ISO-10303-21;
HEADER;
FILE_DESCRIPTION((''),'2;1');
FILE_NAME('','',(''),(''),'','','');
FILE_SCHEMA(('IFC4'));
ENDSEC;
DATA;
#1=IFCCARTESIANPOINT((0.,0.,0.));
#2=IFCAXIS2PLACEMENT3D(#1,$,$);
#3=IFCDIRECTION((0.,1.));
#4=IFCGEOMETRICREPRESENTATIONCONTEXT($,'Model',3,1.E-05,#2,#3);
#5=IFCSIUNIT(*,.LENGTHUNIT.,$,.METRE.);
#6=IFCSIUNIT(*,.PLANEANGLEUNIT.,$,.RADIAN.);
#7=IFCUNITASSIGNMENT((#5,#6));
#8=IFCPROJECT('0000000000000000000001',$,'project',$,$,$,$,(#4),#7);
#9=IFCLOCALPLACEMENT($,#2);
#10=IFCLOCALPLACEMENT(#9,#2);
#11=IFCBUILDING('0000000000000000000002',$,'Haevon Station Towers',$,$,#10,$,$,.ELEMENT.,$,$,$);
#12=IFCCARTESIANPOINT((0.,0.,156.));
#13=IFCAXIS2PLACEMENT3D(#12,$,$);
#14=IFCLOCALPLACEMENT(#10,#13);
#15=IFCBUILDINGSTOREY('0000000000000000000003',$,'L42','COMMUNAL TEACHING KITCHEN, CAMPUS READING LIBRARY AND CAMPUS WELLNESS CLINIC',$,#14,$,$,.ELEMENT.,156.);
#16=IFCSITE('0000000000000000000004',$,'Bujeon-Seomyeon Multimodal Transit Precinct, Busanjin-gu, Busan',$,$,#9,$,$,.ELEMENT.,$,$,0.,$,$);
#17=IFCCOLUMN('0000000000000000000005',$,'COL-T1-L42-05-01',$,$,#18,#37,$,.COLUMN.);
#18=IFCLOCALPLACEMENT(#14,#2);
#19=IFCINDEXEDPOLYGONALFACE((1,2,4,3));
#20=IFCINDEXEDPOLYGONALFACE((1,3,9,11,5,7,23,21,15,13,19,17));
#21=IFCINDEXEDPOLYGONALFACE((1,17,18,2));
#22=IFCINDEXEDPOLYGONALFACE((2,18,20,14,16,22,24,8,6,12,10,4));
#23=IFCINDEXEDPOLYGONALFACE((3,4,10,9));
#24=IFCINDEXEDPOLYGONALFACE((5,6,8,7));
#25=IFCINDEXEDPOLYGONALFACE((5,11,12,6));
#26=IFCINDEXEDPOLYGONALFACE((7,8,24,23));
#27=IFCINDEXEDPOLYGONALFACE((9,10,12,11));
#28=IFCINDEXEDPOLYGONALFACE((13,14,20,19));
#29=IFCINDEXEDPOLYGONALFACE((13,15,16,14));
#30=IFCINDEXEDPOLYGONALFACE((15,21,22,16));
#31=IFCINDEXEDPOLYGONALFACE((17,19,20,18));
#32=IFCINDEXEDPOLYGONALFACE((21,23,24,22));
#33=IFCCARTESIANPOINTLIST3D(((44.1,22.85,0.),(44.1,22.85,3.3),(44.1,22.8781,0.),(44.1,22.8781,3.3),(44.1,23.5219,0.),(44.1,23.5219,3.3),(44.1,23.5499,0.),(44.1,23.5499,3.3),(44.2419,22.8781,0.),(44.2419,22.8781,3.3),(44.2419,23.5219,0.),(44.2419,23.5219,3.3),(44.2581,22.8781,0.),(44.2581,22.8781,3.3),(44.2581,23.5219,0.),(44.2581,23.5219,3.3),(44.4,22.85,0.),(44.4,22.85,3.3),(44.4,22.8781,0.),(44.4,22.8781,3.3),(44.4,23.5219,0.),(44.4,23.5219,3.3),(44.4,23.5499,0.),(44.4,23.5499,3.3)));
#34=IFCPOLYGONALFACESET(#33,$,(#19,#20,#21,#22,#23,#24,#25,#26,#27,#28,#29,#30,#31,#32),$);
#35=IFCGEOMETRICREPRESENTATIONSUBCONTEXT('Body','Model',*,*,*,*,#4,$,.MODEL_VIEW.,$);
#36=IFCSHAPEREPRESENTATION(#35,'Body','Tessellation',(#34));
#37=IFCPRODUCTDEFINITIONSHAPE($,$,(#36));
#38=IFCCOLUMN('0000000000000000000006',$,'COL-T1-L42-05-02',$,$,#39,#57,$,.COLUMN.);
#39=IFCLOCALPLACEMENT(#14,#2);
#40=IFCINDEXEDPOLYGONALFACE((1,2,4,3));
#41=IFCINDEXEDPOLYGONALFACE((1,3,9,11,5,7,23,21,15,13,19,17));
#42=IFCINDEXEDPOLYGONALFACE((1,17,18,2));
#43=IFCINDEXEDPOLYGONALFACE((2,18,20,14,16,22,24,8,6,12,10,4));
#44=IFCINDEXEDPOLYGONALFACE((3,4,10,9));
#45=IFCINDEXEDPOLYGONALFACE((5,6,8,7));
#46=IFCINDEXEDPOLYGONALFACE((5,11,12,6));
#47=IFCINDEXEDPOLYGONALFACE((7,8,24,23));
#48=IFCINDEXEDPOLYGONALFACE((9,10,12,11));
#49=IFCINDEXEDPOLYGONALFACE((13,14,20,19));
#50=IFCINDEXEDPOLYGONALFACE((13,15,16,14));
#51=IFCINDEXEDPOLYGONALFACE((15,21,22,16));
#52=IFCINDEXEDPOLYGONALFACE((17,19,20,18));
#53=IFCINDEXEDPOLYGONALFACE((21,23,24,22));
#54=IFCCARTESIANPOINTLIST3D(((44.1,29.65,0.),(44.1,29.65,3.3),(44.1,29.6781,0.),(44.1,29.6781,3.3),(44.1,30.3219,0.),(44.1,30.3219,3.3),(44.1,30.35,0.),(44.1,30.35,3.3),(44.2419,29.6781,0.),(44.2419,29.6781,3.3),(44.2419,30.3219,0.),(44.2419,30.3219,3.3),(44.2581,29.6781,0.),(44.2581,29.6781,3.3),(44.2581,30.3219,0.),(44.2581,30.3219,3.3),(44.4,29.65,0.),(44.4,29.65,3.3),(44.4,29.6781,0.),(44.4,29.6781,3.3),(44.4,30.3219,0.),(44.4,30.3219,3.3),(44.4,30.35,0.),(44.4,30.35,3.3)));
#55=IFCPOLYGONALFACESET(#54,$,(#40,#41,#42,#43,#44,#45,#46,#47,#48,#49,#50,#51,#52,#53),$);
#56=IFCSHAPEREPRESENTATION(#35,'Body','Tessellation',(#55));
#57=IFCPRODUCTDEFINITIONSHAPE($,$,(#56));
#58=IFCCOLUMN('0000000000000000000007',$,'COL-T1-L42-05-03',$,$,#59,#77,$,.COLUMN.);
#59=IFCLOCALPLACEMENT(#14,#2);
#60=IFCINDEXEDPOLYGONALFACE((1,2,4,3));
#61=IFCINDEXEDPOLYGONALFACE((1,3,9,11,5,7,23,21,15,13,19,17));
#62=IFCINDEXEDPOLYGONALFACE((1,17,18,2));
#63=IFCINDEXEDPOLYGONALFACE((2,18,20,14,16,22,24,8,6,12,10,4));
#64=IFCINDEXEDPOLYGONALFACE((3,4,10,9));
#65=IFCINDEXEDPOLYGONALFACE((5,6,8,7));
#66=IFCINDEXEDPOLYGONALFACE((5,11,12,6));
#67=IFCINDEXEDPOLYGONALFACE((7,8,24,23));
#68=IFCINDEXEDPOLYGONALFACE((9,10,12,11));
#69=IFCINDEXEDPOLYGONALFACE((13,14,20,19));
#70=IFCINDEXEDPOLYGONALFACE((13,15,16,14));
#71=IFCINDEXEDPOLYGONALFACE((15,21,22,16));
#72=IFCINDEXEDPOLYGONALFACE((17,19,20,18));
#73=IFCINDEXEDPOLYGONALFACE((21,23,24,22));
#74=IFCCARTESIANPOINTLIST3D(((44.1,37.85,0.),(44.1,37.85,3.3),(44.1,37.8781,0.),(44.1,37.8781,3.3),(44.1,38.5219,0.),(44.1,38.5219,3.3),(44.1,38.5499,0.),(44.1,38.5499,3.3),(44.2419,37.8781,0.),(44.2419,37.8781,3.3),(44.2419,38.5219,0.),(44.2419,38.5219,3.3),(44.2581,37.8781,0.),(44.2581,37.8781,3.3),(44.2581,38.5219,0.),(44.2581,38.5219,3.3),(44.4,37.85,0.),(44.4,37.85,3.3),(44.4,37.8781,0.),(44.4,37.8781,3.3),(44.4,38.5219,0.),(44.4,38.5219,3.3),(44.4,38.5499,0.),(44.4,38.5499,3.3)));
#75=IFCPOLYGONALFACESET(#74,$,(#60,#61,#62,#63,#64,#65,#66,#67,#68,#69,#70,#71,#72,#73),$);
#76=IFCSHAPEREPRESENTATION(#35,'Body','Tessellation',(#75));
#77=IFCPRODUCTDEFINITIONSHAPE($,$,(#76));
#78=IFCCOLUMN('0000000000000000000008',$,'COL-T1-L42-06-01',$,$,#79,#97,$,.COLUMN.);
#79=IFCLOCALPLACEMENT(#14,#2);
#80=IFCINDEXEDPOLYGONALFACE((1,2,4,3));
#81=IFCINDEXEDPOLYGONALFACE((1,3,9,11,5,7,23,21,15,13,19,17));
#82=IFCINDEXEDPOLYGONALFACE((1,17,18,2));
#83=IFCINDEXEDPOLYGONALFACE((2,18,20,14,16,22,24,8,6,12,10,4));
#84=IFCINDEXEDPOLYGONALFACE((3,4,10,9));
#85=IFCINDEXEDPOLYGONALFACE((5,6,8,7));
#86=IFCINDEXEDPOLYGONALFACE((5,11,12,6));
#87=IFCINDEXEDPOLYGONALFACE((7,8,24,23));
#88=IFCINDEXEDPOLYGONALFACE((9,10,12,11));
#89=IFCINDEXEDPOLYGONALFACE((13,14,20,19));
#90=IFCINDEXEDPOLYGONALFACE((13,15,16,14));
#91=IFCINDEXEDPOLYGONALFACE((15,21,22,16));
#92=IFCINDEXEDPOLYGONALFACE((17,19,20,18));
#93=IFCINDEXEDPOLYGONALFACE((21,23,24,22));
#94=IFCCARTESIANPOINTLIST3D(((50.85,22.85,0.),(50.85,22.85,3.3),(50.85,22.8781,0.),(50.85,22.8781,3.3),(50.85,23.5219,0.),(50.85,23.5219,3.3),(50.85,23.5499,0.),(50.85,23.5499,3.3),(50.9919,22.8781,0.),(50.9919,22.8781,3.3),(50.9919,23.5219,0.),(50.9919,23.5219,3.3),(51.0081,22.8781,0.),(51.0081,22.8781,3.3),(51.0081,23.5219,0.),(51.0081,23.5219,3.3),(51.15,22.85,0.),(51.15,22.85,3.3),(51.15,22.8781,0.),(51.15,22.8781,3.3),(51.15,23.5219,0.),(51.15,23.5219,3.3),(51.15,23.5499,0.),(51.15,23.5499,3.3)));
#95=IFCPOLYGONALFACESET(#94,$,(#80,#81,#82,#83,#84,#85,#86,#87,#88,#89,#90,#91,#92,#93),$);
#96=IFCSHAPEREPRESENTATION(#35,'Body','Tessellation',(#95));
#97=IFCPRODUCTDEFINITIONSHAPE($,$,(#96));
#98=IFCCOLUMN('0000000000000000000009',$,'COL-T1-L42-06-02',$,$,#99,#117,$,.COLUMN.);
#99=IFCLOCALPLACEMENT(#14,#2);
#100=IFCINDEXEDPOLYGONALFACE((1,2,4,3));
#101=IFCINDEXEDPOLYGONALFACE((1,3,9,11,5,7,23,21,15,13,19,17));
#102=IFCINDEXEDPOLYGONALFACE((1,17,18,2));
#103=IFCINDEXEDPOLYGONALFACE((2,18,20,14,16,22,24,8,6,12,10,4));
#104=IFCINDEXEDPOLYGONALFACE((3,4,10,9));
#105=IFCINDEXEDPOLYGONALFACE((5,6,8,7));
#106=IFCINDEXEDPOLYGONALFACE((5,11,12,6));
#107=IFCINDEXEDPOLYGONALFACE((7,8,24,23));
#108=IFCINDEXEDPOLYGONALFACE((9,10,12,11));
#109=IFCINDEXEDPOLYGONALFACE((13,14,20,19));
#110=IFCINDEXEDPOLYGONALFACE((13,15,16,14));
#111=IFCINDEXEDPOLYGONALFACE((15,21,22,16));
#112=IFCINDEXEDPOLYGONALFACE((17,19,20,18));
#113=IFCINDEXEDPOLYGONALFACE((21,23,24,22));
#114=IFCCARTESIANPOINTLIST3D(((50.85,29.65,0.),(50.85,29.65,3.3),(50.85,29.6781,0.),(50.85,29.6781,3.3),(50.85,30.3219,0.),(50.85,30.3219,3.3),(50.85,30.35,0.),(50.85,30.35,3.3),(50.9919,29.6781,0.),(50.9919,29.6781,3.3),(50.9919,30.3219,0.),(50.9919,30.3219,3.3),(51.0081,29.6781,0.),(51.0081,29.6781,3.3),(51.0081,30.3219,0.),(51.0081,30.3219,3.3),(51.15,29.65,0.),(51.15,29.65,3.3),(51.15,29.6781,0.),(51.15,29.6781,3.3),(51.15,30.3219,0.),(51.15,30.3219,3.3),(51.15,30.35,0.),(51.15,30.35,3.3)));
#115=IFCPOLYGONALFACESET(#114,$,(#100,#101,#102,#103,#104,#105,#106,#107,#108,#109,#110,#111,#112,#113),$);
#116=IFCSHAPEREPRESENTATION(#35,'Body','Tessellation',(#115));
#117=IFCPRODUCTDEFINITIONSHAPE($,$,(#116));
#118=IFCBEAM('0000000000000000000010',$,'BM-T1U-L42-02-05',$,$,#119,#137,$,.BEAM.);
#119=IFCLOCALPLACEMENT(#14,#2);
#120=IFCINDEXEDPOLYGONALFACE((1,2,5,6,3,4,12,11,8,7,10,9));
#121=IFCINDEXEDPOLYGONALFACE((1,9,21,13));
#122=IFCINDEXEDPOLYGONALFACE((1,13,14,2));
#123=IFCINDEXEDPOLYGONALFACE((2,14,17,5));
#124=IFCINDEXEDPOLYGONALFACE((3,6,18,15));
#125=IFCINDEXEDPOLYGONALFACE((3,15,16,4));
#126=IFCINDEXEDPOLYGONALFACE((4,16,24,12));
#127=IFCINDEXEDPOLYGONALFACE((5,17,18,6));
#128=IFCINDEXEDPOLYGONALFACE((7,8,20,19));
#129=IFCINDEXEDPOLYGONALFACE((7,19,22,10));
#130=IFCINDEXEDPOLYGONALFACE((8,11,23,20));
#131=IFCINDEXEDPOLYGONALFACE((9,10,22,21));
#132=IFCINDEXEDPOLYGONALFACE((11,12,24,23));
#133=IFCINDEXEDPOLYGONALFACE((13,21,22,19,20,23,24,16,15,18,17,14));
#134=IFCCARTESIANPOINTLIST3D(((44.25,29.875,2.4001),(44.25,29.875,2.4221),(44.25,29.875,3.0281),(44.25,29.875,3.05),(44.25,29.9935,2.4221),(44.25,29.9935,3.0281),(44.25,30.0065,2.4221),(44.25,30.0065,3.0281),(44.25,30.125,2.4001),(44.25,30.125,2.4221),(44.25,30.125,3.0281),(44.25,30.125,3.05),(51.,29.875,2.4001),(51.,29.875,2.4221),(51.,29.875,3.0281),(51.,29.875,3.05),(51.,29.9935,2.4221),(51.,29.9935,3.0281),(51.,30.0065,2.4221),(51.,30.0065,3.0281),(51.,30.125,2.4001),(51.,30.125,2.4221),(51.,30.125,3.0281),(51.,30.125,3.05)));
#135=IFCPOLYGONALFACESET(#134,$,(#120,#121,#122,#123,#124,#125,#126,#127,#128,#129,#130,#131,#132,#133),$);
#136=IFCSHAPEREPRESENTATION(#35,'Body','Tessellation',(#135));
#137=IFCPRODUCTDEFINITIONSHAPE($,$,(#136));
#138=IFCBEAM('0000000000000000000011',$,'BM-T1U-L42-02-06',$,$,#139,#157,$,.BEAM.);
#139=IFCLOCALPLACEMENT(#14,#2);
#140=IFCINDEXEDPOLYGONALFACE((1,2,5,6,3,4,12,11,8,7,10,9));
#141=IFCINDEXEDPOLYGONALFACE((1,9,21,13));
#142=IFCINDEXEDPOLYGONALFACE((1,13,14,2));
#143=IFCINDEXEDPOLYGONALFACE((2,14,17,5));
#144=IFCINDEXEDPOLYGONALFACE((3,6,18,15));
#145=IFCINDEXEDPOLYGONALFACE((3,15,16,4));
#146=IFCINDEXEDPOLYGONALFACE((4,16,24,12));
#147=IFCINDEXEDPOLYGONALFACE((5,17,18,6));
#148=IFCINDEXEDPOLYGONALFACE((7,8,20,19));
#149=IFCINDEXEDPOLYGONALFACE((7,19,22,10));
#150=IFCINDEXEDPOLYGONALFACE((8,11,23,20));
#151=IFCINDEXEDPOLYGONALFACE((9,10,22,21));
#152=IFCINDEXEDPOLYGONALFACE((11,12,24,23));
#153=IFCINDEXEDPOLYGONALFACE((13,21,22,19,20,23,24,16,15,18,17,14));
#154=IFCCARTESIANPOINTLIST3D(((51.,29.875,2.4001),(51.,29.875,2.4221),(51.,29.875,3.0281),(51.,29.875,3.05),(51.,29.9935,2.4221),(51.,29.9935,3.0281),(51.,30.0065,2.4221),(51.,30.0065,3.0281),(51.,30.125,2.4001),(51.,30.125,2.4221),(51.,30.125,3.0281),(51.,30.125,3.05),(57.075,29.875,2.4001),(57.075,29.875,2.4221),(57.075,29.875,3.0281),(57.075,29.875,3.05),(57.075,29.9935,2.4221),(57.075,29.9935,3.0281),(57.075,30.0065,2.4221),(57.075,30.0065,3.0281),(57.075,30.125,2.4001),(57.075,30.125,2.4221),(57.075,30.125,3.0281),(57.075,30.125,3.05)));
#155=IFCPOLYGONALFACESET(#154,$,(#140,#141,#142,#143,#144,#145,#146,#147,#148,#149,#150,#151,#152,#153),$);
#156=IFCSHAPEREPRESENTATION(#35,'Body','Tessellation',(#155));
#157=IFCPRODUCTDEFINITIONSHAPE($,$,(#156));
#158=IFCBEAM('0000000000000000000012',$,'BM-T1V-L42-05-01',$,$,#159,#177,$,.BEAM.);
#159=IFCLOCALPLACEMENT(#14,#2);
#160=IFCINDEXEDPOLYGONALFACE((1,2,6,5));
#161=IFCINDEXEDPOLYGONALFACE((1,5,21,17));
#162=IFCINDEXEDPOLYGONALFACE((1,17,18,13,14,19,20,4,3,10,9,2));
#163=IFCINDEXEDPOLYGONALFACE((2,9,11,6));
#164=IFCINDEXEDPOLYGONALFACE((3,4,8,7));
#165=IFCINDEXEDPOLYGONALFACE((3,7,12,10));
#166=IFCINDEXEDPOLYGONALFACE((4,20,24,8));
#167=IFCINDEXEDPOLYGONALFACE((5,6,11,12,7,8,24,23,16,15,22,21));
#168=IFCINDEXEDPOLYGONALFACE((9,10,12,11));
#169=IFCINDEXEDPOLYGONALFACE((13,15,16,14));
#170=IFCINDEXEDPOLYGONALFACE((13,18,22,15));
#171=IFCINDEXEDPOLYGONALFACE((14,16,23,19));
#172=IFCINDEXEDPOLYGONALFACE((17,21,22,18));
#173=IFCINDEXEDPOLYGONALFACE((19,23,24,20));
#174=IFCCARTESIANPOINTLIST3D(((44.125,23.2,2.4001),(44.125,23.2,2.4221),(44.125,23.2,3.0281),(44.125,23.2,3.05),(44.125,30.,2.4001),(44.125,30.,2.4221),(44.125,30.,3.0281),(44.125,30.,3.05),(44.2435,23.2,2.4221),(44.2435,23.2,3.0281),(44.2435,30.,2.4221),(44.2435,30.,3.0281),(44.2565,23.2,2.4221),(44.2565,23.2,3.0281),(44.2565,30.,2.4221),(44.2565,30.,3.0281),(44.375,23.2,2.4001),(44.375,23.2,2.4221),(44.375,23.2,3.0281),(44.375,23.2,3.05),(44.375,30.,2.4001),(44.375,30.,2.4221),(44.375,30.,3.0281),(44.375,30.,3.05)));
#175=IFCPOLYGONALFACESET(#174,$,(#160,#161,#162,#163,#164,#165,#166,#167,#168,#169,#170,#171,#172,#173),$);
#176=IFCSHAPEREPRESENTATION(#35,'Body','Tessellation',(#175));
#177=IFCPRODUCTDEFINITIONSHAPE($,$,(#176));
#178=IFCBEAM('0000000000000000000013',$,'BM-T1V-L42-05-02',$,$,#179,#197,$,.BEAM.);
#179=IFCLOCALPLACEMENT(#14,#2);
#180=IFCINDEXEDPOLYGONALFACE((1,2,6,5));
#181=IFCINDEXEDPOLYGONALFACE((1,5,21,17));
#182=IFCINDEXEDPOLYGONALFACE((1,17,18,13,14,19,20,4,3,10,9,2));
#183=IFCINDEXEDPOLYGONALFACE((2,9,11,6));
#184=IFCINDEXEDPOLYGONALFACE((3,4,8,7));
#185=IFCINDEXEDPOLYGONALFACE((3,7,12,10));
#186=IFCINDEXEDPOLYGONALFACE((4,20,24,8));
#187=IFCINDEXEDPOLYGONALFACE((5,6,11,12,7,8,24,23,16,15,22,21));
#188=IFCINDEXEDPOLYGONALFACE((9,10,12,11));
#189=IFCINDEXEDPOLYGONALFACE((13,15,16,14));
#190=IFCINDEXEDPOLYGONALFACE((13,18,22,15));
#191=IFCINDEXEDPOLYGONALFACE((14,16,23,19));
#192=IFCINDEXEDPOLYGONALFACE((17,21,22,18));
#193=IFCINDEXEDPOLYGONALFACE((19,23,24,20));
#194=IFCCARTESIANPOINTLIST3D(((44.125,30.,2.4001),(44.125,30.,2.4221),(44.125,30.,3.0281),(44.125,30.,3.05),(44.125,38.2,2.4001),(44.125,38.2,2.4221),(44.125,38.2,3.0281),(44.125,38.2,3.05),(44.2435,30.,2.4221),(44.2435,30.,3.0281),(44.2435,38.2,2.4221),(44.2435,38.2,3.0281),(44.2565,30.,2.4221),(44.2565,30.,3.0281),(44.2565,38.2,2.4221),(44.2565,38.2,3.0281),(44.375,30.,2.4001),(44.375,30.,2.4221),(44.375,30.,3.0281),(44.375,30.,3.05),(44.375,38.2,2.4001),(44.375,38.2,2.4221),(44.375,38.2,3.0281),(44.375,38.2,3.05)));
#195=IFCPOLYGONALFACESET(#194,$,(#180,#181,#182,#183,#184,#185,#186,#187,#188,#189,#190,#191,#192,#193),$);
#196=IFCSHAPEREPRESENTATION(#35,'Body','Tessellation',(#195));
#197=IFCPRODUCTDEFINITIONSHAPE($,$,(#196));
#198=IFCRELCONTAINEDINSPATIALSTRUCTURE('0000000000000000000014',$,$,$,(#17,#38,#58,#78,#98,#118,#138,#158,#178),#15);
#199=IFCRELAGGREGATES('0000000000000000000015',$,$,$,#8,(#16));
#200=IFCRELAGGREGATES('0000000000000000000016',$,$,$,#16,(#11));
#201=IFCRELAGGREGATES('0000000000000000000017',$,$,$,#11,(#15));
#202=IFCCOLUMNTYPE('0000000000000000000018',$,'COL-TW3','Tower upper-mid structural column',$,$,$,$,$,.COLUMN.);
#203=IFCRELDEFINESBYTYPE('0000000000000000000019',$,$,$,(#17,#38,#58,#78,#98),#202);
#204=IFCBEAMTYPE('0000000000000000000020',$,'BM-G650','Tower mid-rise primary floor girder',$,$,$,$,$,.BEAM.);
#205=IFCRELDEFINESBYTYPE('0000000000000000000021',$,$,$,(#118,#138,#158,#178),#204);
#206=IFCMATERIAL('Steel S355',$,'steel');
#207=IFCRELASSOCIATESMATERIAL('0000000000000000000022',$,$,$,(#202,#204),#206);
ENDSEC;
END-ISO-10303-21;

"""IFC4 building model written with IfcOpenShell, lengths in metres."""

from ifc_helpers import new_model, si_unit, direction, frame, origin, origin_2d, place, context, subcontext, project, spatial, i_section, extrude, material, material_profile, profile_set, type_object, element, save


model = new_model("IFC4")

# Units and contexts
model_context = context("Model", 3, precision=1e-05, world=origin(), true_north=direction((0.0, 1.0)))
body_context = subcontext(model_context, "Body", "Model", "MODEL_VIEW")
ifc_project = project(units=[si_unit("LENGTHUNIT", "METRE"), si_unit("PLANEANGLEUNIT", "RADIAN")], contexts=[model_context])

# Site, building, storey
site_placement = place(None, origin())
site = spatial("IfcSite", under=ifc_project, at=site_placement, Name="Bujeon-Seomyeon Multimodal Transit Precinct, Busanjin-gu, Busan", CompositionType="ELEMENT", RefElevation=0.0)
building_placement = place(site_placement, origin())
building = spatial("IfcBuilding", under=site, at=building_placement, Name="Haevon Station Towers", CompositionType="ELEMENT")
storey_placement = place(building_placement, frame((0.0, 0.0, 156.0)))
storey = spatial("IfcBuildingStorey", under=building, at=storey_placement, Name="L42", Description="COMMUNAL TEACHING KITCHEN, CAMPUS READING LIBRARY AND CAMPUS WELLNESS CLINIC", CompositionType="ELEMENT", Elevation=156.0)

# Columns
ifc_material_1 = material(Name="Steel S355", Category="steel")
ifc_material_profile_1 = material_profile(ifc_material_1, i_section(OverallWidth=0.3, OverallDepth=0.7, WebThickness=0.0161, FlangeThickness=0.0281, at=origin_2d()), Name="H-700x300x16x28")
ifc_profile_set_1 = profile_set([ifc_material_profile_1], Name="Steel S355")
column_type = type_object("IfcColumnType", Name="COL-TW3", Description="Tower upper-mid structural column", PredefinedType="COLUMN", material=ifc_profile_set_1)
for number, where, z_axis, x_axis, name in (
    (1, (44.25, 23.2, 0.0), (0.0, 0.0, 1.0), (1.0, 0.0, 0.0), "COL-T1-L42-05-01"),
    (2, (44.25, 30.0, 0.0), (0.0, 0.0, 1.0), (1.0, 0.0, 0.0), "COL-T1-L42-05-02"),
    (3, (44.25, 38.2, 0.0), (0.0, 0.0, 1.0), (1.0, 0.0, 0.0), "COL-T1-L42-05-03"),
    (4, (51.0, 23.2, 0.0), (0.0, 0.0, 1.0), (1.0, 0.0, 0.0), "COL-T1-L42-06-01"),
    (5, (51.0, 30.0, 0.0), (0.0, 0.0, 1.0), (1.0, 0.0, 0.0), "COL-T1-L42-06-02"),
):
    element("IfcColumn", number, at=place(storey_placement, frame(where, z_axis=z_axis, x_axis=x_axis)), inside=storey, type_object=column_type, Name=name, PredefinedType="COLUMN", context=body_context, shape_type="SweptSolid", body=[
        extrude(i_section(OverallWidth=0.3, OverallDepth=0.7, WebThickness=0.0161, FlangeThickness=0.0281, at=origin_2d()), origin(), (0.0, 0.0, 1.0), 3.3),
    ])

# Beams
ifc_material_profile_2 = material_profile(ifc_material_1, i_section(OverallWidth=0.25, OverallDepth=0.6499, WebThickness=0.0129, FlangeThickness=0.022, at=origin_2d()), Name="H-650x250x13x22")
ifc_profile_set_2 = profile_set([ifc_material_profile_2], Name="Steel S355")
beam_type_1 = type_object("IfcBeamType", Name="BM-G650", Description="Tower mid-rise primary floor girder", PredefinedType="BEAM", material=ifc_profile_set_2)
beam_1_placement = place(storey_placement, frame((44.25, 30.0, 2.7251), z_axis=(1.0, 0.0, 0.0), x_axis=(0.0, 1.0, 0.0)))
element("IfcBeam", 6, at=beam_1_placement, inside=storey, type_object=beam_type_1, Name="BM-T1U-L42-02-05", PredefinedType="BEAM", context=body_context, shape_type="SweptSolid", body=[
    extrude(i_section(OverallWidth=0.25, OverallDepth=0.6499, WebThickness=0.0129, FlangeThickness=0.022, at=origin_2d()), origin(), (0.0, 0.0, 1.0), 6.75),
])
beam_2_placement = place(storey_placement, frame((51.0, 30.0, 2.7251), z_axis=(1.0, 0.0, 0.0), x_axis=(0.0, 1.0, 0.0)))
element("IfcBeam", 7, at=beam_2_placement, inside=storey, type_object=beam_type_1, Name="BM-T1U-L42-02-06", PredefinedType="BEAM", context=body_context, shape_type="SweptSolid", body=[
    extrude(i_section(OverallWidth=0.25, OverallDepth=0.6499, WebThickness=0.0129, FlangeThickness=0.022, at=origin_2d()), origin(), (0.0, 0.0, 1.0), 6.075),
])
beam_3_placement = place(storey_placement, frame((44.25, 23.2, 2.7251), z_axis=(0.0, 1.0, 0.0), x_axis=(-1.0, 0.0, 0.0)))
element("IfcBeam", 8, at=beam_3_placement, inside=storey, type_object=beam_type_1, Name="BM-T1V-L42-05-01", PredefinedType="BEAM", context=body_context, shape_type="SweptSolid", body=[
    extrude(i_section(OverallWidth=0.25, OverallDepth=0.6499, WebThickness=0.0129, FlangeThickness=0.022, at=origin_2d()), origin(), (0.0, 0.0, 1.0), 6.8),
])
beam_4_placement = place(storey_placement, frame((44.25, 30.0, 2.7251), z_axis=(0.0, 1.0, 0.0), x_axis=(-1.0, 0.0, 0.0)))
element("IfcBeam", 9, at=beam_4_placement, inside=storey, type_object=beam_type_1, Name="BM-T1V-L42-05-02", PredefinedType="BEAM", context=body_context, shape_type="SweptSolid", body=[
    extrude(i_section(OverallWidth=0.25, OverallDepth=0.6499, WebThickness=0.0129, FlangeThickness=0.022, at=origin_2d()), origin(), (0.0, 0.0, 1.0), 8.2),
])

save(model, "model.ifc")
